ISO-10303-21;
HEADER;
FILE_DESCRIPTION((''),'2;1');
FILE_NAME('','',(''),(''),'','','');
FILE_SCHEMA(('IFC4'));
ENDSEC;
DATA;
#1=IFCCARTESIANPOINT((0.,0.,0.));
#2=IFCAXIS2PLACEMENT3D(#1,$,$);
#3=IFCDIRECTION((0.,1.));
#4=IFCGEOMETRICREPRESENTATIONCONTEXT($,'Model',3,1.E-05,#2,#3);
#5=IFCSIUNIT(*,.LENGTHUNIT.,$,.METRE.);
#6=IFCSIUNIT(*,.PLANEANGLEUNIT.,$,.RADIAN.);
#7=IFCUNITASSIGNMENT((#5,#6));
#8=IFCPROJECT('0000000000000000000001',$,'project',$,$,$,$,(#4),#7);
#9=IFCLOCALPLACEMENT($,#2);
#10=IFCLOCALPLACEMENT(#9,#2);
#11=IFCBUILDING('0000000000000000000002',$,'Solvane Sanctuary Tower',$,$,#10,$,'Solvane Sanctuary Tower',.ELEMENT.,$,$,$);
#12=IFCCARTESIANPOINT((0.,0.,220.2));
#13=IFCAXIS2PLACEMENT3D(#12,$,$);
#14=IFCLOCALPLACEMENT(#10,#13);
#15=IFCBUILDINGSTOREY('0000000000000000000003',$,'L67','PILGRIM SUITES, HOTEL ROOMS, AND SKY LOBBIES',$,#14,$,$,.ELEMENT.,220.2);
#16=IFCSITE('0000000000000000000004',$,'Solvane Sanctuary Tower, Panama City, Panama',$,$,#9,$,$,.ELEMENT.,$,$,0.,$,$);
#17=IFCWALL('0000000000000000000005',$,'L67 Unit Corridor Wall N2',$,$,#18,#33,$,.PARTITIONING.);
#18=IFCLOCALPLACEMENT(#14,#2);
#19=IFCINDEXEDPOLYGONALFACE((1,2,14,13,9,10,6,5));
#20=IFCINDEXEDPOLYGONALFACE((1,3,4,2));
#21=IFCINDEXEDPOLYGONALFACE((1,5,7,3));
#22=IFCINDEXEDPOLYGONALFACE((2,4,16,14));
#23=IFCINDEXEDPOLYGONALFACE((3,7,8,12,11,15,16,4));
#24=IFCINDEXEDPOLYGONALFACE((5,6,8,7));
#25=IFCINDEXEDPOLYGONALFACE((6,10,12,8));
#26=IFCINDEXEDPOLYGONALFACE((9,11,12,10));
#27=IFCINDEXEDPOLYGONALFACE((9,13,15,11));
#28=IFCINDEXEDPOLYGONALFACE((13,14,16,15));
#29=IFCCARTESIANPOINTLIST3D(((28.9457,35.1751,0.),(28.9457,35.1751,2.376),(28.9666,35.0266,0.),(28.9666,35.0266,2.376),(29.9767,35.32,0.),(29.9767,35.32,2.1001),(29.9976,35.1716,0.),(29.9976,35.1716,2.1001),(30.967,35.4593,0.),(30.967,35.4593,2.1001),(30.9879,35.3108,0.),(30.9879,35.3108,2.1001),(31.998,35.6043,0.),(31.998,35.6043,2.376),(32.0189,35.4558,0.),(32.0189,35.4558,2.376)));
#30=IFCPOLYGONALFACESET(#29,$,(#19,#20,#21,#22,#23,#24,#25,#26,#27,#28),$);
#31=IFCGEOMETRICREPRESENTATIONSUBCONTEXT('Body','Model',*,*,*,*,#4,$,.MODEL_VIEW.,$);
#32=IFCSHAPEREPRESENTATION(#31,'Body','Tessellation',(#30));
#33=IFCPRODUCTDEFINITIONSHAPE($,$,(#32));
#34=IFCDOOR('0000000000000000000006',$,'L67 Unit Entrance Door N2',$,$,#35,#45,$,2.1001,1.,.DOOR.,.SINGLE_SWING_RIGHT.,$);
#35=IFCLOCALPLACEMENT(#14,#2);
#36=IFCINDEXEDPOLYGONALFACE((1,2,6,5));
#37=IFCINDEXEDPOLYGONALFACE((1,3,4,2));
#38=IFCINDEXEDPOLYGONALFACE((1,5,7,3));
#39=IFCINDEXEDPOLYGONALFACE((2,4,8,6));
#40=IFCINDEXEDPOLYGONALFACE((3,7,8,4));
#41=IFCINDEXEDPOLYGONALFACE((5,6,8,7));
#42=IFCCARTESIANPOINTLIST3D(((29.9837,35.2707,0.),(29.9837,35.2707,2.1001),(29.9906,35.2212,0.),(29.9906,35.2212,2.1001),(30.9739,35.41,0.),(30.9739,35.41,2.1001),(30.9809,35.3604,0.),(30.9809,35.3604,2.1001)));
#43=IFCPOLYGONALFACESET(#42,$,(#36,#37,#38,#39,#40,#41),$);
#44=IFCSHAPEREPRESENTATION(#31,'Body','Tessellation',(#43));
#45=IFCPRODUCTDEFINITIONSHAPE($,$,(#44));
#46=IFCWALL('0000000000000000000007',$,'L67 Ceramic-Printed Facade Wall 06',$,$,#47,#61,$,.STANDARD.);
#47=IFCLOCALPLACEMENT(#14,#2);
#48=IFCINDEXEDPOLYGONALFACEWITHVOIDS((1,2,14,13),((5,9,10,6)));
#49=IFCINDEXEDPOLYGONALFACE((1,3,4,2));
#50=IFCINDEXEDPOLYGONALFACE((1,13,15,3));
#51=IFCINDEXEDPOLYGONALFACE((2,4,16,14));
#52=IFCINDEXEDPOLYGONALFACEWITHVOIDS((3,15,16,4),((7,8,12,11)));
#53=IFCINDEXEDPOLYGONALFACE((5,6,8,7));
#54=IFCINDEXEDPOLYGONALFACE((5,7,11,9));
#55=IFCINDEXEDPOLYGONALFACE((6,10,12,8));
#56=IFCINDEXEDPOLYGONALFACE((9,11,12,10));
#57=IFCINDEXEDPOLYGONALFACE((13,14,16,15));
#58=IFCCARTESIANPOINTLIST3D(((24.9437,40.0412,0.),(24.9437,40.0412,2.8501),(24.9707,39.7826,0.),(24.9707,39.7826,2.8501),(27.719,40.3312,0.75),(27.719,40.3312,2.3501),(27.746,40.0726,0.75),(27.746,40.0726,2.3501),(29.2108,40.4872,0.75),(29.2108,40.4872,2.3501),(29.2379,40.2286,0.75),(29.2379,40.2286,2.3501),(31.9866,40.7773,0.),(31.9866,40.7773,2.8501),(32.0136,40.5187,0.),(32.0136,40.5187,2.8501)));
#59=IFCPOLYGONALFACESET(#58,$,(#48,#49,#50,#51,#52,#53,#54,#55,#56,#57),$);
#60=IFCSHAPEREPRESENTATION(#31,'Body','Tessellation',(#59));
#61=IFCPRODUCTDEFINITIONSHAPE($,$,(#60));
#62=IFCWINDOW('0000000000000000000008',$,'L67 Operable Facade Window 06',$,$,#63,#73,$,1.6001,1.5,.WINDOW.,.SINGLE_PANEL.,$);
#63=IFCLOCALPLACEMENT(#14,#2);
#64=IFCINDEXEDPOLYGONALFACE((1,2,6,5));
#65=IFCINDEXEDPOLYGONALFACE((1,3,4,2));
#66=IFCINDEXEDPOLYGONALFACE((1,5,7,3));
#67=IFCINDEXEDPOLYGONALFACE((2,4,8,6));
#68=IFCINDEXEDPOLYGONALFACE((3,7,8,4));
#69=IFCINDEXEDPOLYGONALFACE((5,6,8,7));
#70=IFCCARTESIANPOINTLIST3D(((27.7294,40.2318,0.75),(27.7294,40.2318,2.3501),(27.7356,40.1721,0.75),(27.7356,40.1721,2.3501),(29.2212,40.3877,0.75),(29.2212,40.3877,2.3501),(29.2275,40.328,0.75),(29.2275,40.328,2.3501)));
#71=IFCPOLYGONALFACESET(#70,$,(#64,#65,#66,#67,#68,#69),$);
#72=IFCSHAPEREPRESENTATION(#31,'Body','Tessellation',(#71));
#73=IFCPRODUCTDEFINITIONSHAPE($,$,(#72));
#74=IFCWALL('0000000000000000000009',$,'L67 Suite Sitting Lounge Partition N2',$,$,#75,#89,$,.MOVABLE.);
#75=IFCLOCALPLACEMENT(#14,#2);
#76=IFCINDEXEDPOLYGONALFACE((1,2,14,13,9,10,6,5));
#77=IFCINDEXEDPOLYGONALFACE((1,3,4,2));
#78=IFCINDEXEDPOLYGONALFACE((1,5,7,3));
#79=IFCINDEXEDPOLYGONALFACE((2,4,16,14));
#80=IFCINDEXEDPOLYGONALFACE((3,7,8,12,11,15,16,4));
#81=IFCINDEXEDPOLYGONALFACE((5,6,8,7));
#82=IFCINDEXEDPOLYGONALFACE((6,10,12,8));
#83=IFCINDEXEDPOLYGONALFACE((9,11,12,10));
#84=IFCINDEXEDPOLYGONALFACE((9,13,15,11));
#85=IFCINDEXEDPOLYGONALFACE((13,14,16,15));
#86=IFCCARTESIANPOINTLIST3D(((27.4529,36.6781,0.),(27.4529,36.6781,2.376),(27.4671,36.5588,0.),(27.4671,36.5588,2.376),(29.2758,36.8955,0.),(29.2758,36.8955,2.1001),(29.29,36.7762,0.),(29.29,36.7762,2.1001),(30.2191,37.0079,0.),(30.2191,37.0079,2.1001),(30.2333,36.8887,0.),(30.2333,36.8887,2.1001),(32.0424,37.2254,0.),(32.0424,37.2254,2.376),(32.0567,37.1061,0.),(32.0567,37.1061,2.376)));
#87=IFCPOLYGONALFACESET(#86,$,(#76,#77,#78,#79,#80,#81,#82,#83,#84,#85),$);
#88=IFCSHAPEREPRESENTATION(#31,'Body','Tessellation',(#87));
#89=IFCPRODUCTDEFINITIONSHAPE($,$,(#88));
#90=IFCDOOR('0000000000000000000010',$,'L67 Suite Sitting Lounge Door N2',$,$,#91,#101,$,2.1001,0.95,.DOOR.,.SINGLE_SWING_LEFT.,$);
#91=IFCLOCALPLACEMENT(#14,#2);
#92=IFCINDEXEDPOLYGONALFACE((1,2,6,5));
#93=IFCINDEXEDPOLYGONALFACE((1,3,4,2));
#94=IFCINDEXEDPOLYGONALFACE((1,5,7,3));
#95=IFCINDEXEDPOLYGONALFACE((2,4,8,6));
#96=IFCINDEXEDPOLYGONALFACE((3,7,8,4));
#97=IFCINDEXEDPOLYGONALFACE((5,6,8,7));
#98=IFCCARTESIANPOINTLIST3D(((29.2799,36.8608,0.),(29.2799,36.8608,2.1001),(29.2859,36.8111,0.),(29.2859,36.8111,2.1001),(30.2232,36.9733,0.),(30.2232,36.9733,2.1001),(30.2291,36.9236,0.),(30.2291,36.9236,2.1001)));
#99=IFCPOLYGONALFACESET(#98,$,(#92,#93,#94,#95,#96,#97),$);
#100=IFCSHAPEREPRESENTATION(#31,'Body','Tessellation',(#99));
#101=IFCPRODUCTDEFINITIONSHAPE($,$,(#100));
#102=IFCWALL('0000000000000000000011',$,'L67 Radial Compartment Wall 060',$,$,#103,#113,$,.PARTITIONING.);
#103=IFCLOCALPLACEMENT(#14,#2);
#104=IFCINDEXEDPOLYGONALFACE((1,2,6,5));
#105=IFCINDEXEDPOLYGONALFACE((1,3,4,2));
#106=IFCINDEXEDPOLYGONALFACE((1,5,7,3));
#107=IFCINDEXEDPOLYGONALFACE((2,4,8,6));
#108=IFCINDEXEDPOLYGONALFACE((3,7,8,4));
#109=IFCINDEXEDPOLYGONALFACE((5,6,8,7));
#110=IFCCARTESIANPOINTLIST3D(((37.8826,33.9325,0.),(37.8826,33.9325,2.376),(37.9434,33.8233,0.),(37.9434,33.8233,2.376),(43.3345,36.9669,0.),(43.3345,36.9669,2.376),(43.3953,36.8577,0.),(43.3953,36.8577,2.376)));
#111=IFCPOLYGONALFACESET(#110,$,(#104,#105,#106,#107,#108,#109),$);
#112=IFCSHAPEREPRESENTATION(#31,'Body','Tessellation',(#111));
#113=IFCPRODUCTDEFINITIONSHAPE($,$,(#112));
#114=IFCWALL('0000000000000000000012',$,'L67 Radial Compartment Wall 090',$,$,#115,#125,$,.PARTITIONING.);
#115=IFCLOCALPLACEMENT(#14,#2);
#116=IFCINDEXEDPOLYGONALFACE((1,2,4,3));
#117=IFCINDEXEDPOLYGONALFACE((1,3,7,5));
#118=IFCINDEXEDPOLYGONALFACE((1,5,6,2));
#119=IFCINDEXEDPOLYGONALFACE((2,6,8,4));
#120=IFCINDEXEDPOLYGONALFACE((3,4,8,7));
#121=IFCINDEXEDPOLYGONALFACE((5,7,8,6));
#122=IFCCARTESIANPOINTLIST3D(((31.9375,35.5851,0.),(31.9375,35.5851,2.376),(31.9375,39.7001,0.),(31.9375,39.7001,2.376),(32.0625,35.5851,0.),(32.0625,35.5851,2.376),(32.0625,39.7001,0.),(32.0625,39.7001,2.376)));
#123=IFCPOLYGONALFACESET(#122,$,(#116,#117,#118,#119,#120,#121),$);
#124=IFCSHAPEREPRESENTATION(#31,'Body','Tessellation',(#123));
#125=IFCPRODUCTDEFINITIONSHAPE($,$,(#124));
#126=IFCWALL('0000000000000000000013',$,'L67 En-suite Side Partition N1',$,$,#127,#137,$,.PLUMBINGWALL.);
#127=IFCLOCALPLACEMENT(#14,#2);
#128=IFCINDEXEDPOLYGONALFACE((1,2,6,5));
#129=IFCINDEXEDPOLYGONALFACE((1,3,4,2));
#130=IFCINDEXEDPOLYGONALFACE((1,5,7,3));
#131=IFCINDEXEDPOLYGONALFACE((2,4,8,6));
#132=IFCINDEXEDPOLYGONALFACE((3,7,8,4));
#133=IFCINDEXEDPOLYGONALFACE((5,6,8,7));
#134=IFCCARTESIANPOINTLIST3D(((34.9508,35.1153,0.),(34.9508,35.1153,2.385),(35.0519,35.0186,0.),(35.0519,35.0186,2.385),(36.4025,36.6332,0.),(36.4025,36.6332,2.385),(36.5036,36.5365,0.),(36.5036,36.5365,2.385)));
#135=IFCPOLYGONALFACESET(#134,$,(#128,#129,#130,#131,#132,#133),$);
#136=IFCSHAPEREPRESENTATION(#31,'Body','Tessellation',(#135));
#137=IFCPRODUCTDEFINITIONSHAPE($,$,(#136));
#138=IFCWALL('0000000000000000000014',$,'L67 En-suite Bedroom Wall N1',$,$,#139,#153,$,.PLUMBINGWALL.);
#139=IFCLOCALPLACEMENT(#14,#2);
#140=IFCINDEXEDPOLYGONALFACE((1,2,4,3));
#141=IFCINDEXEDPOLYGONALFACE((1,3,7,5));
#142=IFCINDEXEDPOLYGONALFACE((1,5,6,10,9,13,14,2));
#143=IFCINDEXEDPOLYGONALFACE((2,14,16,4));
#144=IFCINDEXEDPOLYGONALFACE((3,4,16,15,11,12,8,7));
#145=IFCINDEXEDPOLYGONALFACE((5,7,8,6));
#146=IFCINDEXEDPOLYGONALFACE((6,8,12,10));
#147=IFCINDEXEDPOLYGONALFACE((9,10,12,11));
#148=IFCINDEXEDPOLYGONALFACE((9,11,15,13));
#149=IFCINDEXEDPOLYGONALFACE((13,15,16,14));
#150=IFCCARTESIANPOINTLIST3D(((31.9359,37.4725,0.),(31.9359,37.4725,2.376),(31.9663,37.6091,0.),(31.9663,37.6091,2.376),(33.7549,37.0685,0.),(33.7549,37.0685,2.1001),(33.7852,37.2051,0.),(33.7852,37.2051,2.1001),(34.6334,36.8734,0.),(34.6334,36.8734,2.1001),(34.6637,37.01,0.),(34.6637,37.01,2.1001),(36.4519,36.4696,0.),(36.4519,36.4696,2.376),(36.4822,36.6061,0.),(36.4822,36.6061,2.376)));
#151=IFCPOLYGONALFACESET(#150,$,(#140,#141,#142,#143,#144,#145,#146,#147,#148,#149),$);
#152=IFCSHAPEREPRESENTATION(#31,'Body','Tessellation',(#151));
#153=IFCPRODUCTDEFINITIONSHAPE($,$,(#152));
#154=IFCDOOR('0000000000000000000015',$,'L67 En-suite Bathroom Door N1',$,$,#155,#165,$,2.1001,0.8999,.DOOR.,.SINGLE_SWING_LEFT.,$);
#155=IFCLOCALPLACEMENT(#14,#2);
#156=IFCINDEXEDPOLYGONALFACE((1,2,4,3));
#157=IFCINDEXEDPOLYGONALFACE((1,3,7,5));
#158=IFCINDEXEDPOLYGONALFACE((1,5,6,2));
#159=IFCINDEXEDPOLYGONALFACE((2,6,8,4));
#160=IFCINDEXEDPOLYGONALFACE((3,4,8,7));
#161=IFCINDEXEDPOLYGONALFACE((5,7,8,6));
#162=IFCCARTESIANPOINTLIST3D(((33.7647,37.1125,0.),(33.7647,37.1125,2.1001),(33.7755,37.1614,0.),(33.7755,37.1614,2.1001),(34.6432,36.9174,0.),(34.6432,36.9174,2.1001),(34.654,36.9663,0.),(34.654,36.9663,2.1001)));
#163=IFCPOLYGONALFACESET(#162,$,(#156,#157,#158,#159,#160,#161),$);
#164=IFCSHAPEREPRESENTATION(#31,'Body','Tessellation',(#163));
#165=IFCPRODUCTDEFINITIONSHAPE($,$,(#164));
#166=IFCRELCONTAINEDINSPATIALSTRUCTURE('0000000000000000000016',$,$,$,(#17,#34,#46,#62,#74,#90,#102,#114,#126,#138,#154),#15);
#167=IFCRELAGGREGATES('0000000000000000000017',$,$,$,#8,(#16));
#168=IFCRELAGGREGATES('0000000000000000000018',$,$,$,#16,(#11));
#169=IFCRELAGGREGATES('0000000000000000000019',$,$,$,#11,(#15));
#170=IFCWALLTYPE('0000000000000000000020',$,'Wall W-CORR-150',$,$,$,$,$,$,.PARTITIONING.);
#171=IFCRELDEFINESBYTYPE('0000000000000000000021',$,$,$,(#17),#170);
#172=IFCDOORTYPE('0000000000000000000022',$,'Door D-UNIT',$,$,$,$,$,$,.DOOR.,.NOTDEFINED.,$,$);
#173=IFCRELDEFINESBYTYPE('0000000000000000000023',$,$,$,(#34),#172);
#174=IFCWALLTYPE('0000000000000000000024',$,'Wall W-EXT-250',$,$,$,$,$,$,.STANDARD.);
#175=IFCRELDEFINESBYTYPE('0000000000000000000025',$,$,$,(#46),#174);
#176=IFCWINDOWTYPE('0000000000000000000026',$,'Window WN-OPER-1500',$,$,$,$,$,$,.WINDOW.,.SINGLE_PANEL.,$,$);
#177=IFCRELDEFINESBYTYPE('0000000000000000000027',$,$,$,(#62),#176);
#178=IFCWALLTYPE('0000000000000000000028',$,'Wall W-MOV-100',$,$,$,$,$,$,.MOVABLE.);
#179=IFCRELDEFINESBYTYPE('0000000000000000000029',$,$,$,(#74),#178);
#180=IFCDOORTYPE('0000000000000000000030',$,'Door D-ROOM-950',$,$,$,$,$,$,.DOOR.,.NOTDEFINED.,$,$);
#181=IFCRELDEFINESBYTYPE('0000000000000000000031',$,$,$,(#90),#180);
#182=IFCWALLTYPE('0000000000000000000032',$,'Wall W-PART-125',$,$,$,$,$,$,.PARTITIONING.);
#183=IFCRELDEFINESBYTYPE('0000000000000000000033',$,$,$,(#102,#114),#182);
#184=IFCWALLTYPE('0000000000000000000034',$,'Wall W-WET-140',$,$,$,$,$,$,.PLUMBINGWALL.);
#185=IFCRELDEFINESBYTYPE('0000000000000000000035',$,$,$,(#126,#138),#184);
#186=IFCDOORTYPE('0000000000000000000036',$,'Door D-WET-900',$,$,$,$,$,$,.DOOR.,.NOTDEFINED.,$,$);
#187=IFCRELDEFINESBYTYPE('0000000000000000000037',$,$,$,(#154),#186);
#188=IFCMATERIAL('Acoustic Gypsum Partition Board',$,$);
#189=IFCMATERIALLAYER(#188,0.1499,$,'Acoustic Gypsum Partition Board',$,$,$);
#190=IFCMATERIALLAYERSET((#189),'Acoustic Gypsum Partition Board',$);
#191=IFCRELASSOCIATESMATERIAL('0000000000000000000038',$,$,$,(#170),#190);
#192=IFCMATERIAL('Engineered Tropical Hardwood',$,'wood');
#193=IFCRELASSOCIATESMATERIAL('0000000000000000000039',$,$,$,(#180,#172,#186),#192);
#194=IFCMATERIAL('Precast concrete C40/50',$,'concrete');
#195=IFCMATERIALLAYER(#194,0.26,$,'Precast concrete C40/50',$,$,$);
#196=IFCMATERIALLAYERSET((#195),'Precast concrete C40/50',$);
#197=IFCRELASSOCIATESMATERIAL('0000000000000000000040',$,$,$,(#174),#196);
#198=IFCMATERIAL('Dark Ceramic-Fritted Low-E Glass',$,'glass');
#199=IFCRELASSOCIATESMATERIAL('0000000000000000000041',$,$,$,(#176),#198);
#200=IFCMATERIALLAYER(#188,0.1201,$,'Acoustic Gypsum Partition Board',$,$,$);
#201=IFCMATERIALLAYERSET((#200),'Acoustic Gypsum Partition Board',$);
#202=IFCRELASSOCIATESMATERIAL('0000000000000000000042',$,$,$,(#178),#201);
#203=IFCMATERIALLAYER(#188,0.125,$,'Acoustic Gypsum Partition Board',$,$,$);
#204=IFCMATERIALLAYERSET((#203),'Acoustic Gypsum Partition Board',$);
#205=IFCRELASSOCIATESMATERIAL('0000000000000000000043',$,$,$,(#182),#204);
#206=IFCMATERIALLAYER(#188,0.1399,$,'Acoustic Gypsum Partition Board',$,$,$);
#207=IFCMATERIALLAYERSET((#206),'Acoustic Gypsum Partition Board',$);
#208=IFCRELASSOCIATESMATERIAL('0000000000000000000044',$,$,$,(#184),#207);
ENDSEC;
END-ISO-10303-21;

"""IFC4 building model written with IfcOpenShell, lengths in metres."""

from ifc_helpers import new_model, si_unit, direction, frame, frame_2d, origin, place, context, subcontext, project, spatial, rectangle, extrude, material, layer, layer_set, type_object, element, fill, save


model = new_model("IFC4")

# Units and contexts
model_context = context("Model", 3, precision=1e-05, world=origin(), true_north=direction((0.0, 1.0)))
body_context = subcontext(model_context, "Body", "Model", "MODEL_VIEW")
ifc_project = project(units=[si_unit("LENGTHUNIT", "METRE"), si_unit("PLANEANGLEUNIT", "RADIAN")], contexts=[model_context])

# Site, building, storey
site_placement = place(None, origin())
site = spatial("IfcSite", under=ifc_project, at=site_placement, Name="Solvane Sanctuary Tower, Panama City, Panama", CompositionType="ELEMENT", RefElevation=0.0)
building_placement = place(site_placement, origin())
building = spatial("IfcBuilding", under=site, at=building_placement, Name="Solvane Sanctuary Tower", LongName="Solvane Sanctuary Tower", CompositionType="ELEMENT")
storey_placement = place(building_placement, frame((0.0, 0.0, 220.2)))
storey = spatial("IfcBuildingStorey", under=building, at=storey_placement, Name="L67", Description="PILGRIM SUITES, HOTEL ROOMS, AND SKY LOBBIES", CompositionType="ELEMENT", Elevation=220.2)

# Shared definitions
ifc_material_1 = material(Name="Acoustic Gypsum Partition Board")
ifc_layer_1 = layer(ifc_material_1, 0.1499, Name="Acoustic Gypsum Partition Board")
ifc_layer_set_1 = layer_set([ifc_layer_1], Name="Acoustic Gypsum Partition Board")
wall_type_1 = type_object("IfcWallType", Name="Wall W-CORR-150", PredefinedType="PARTITIONING", material=ifc_layer_set_1)

# Shared definitions
ifc_material_2 = material(Name="Engineered Tropical Hardwood", Category="wood")
door_type_1 = type_object("IfcDoorType", Name="Door D-ROOM-950", OperationType="NOTDEFINED", PredefinedType="DOOR", material=ifc_material_2)

# Wall, opening, door
door_type_2 = type_object("IfcDoorType", Name="Door D-UNIT", OperationType="NOTDEFINED", PredefinedType="DOOR", material=ifc_material_2)
wall_1_placement = place(storey_placement, frame((32.0083, 35.53, 0.0), z_axis=(0.0, 0.0, 1.0), x_axis=(-0.990258, -0.139248, 0.0)))
wall_1 = element("IfcWall", 1, at=wall_1_placement, inside=storey, type_object=wall_type_1, Name="L67 Unit Corridor Wall N2", PredefinedType="PARTITIONING", context=body_context, shape_type="SweptSolid", body=[
    extrude(rectangle(XDim=3.0823, YDim=0.1499, at=frame_2d((1.541, 0.0))), origin(), (0.0, 0.0, 1.0), 2.376),
])
opening_1_placement = place(wall_1_placement, frame((1.041, 0.0, 0.0)))
opening_1 = element("IfcOpeningElement", 2, at=opening_1_placement, cuts=wall_1, PredefinedType="OPENING", context=body_context, shape_type="SweptSolid", body=[
    extrude(rectangle(XDim=1.0, YDim=2.1001, at=frame_2d((0.5, 1.05))), frame((0.0, 0.085, 0.0), z_axis=(0.0, -1.0, 0.0), x_axis=(1.0, 0.0, 0.0)), (0.0, 0.0, 1.0), 0.1699),
])
door_1_placement = place(opening_1_placement, origin())
door_1 = element("IfcDoor", 3, at=door_1_placement, inside=storey, type_object=door_type_2, Name="L67 Unit Entrance Door N2", OperationType="SINGLE_SWING_RIGHT", OverallHeight=2.1001, OverallWidth=1.0, PredefinedType="DOOR", context=body_context, shape_type="SweptSolid", body=[
    extrude(rectangle(XDim=1.0, YDim=2.1001, at=frame_2d((0.5, 1.05))), frame((0.0, 0.0249, 0.0), z_axis=(0.0, -1.0, 0.0), x_axis=(1.0, 0.0, 0.0)), (0.0, 0.0, 1.0), 0.05),
])
fill(opening_1, door_1)

# Wall, opening, window
ifc_material_3 = material(Name="Precast concrete C40/50", Category="concrete")
ifc_layer_2 = layer(ifc_material_3, 0.26, Name="Precast concrete C40/50")
ifc_layer_set_2 = layer_set([ifc_layer_2], Name="Precast concrete C40/50")
wall_type_2 = type_object("IfcWallType", Name="Wall W-EXT-250", PredefinedType="STANDARD", material=ifc_layer_set_2)
wall_2_placement = place(storey_placement, frame((32.0, 40.6479, 0.0), z_axis=(0.0, 0.0, 1.0), x_axis=(-0.994583, -0.103947, 0.0)))
wall_2 = element("IfcWall", 4, at=wall_2_placement, inside=storey, type_object=wall_type_2, Name="L67 Ceramic-Printed Facade Wall 06", PredefinedType="STANDARD", context=body_context, shape_type="SweptSolid", body=[
    extrude(rectangle(XDim=7.0813, YDim=0.26, at=frame_2d((3.5405, 0.0))), origin(), (0.0, 0.0, 1.0), 2.8501),
])
opening_2_placement = place(wall_2_placement, frame((2.7908, 0.0, 0.75)))
opening_2 = element("IfcOpeningElement", 5, at=opening_2_placement, cuts=wall_2, PredefinedType="OPENING", context=body_context, shape_type="SweptSolid", body=[
    extrude(rectangle(XDim=1.5, YDim=1.6001, at=frame_2d((0.75, 0.8))), frame((0.0, 0.1399, 0.0), z_axis=(0.0, -1.0, 0.0), x_axis=(1.0, 0.0, 0.0)), (0.0, 0.0, 1.0), 0.28),
])
ifc_material_4 = material(Name="Dark Ceramic-Fritted Low-E Glass", Category="glass")
window_type = type_object("IfcWindowType", Name="Window WN-OPER-1500", PartitioningType="SINGLE_PANEL", PredefinedType="WINDOW", material=ifc_material_4)
window_placement = place(opening_2_placement, origin())
window = element("IfcWindow", 6, at=window_placement, inside=storey, type_object=window_type, Name="L67 Operable Facade Window 06", OverallHeight=1.6001, OverallWidth=1.5, PartitioningType="SINGLE_PANEL", PredefinedType="WINDOW", context=body_context, shape_type="SweptSolid", body=[
    extrude(rectangle(XDim=1.5, YDim=1.6001, at=frame_2d((0.75, 0.8))), frame((0.0, 0.03, 0.0), z_axis=(0.0, -1.0, 0.0), x_axis=(1.0, 0.0, 0.0)), (0.0, 0.0, 1.0), 0.0601),
])
fill(opening_2, window)

# Wall, opening, door
ifc_layer_3 = layer(ifc_material_1, 0.1201, Name="Acoustic Gypsum Partition Board")
ifc_layer_set_3 = layer_set([ifc_layer_3], Name="Acoustic Gypsum Partition Board")
wall_type_3 = type_object("IfcWallType", Name="Wall W-MOV-100", PredefinedType="MOVABLE", material=ifc_layer_set_3)
wall_3_placement = place(storey_placement, frame((32.0496, 37.1658, 0.0), z_axis=(0.0, 0.0, 1.0), x_axis=(-0.992963, -0.118422, 0.0)))
wall_3 = element("IfcWall", 7, at=wall_3_placement, inside=storey, type_object=wall_type_3, Name="L67 Suite Sitting Lounge Partition N2", PredefinedType="MOVABLE", context=body_context, shape_type="SweptSolid", body=[
    extrude(rectangle(XDim=4.6221, YDim=0.1201, at=frame_2d((2.311, 0.0))), origin(), (0.0, 0.0, 1.0), 2.376),
])
opening_3_placement = place(wall_3_placement, frame((1.8362, 0.0, 0.0)))
opening_3 = element("IfcOpeningElement", 8, at=opening_3_placement, cuts=wall_3, PredefinedType="OPENING", context=body_context, shape_type="SweptSolid", body=[
    extrude(rectangle(XDim=0.95, YDim=2.1001, at=frame_2d((0.4751, 1.05))), frame((0.0, 0.0701, 0.0), z_axis=(0.0, -1.0, 0.0), x_axis=(1.0, 0.0, 0.0)), (0.0, 0.0, 1.0), 0.1401),
])
door_2_placement = place(opening_3_placement, origin())
door_2 = element("IfcDoor", 9, at=door_2_placement, inside=storey, type_object=door_type_1, Name="L67 Suite Sitting Lounge Door N2", OperationType="SINGLE_SWING_LEFT", OverallHeight=2.1001, OverallWidth=0.95, PredefinedType="DOOR", context=body_context, shape_type="SweptSolid", body=[
    extrude(rectangle(XDim=0.95, YDim=2.1001, at=frame_2d((0.4751, 1.05))), frame((0.0, 0.0249, 0.0), z_axis=(0.0, -1.0, 0.0), x_axis=(1.0, 0.0, 0.0)), (0.0, 0.0, 1.0), 0.05),
])
fill(opening_3, door_2)

# Walls
ifc_layer_4 = layer(ifc_material_1, 0.125, Name="Acoustic Gypsum Partition Board")
ifc_layer_set_4 = layer_set([ifc_layer_4], Name="Acoustic Gypsum Partition Board")
wall_type_4 = type_object("IfcWallType", Name="Wall W-PART-125", PredefinedType="PARTITIONING", material=ifc_layer_set_4)
wall_4_placement = place(storey_placement, frame((37.9131, 33.8779, 0.0), z_axis=(0.0, 0.0, 1.0), x_axis=(0.873777, 0.486327, 0.0)))
element("IfcWall", 10, at=wall_4_placement, inside=storey, type_object=wall_type_4, Name="L67 Radial Compartment Wall 060", PredefinedType="PARTITIONING", context=body_context, shape_type="SweptSolid", body=[
    extrude(rectangle(XDim=6.2395, YDim=0.125, at=frame_2d((3.1196, 0.0))), origin(), (0.0, 0.0, 1.0), 2.376),
])
wall_5_placement = place(storey_placement, frame((32.0, 35.585, 0.0), z_axis=(0.0, 0.0, 1.0), x_axis=(0.0, 1.0, 0.0)))
element("IfcWall", 11, at=wall_5_placement, inside=storey, type_object=wall_type_4, Name="L67 Radial Compartment Wall 090", PredefinedType="PARTITIONING", context=body_context, shape_type="SweptSolid", body=[
    extrude(rectangle(XDim=4.115, YDim=0.125, at=frame_2d((2.0576, 0.0))), origin(), (0.0, 0.0, 1.0), 2.376),
])
ifc_layer_5 = layer(ifc_material_1, 0.1399, Name="Acoustic Gypsum Partition Board")
ifc_layer_set_5 = layer_set([ifc_layer_5], Name="Acoustic Gypsum Partition Board")
wall_type_5 = type_object("IfcWallType", Name="Wall W-WET-140", PredefinedType="PLUMBINGWALL", material=ifc_layer_set_5)
wall_6_placement = place(storey_placement, frame((35.0012, 35.0669, 0.0), z_axis=(0.0, 0.0, 1.0), x_axis=(0.69118, 0.722682, 0.0)))
element("IfcWall", 12, at=wall_6_placement, inside=storey, type_object=wall_type_5, Name="L67 En-suite Side Partition N1", PredefinedType="PLUMBINGWALL", context=body_context, shape_type="SweptSolid", body=[
    extrude(rectangle(XDim=2.1003, YDim=0.1399, at=frame_2d((1.0503, 0.0))), origin(), (0.0, 0.0, 1.0), 2.385),
])

# Wall, opening, door
wall_7_placement = place(storey_placement, frame((36.467, 36.5378, 0.0), z_axis=(0.0, 0.0, 1.0), x_axis=(-0.976214, 0.216808, 0.0)))
wall_7 = element("IfcWall", 13, at=wall_7_placement, inside=storey, type_object=wall_type_5, Name="L67 En-suite Bedroom Wall N1", PredefinedType="PLUMBINGWALL", context=body_context, shape_type="SweptSolid", body=[
    extrude(rectangle(XDim=4.626, YDim=0.1399, at=frame_2d((2.313, 0.0))), origin(), (0.0, 0.0, 1.0), 2.376),
])
opening_4_placement = place(wall_7_placement, frame((1.8628, 0.0, 0.0)))
opening_4 = element("IfcOpeningElement", 14, at=opening_4_placement, cuts=wall_7, PredefinedType="OPENING", context=body_context, shape_type="SweptSolid", body=[
    extrude(rectangle(XDim=0.8999, YDim=2.1001, at=frame_2d((0.45, 1.05))), frame((0.0, 0.0798, 0.0), z_axis=(0.0, -1.0, 0.0), x_axis=(1.0, 0.0, 0.0)), (0.0, 0.0, 1.0), 0.1599),
])
door_type_3 = type_object("IfcDoorType", Name="Door D-WET-900", OperationType="NOTDEFINED", PredefinedType="DOOR", material=ifc_material_2)
door_3_placement = place(opening_4_placement, origin())
door_3 = element("IfcDoor", 15, at=door_3_placement, inside=storey, type_object=door_type_3, Name="L67 En-suite Bathroom Door N1", OperationType="SINGLE_SWING_LEFT", OverallHeight=2.1001, OverallWidth=0.8999, PredefinedType="DOOR", context=body_context, shape_type="SweptSolid", body=[
    extrude(rectangle(XDim=0.8999, YDim=2.1001, at=frame_2d((0.45, 1.05))), frame((0.0, 0.0249, 0.0), z_axis=(0.0, -1.0, 0.0), x_axis=(1.0, 0.0, 0.0)), (0.0, 0.0, 1.0), 0.05),
])
fill(opening_4, door_3)

save(model, "model.ifc")
